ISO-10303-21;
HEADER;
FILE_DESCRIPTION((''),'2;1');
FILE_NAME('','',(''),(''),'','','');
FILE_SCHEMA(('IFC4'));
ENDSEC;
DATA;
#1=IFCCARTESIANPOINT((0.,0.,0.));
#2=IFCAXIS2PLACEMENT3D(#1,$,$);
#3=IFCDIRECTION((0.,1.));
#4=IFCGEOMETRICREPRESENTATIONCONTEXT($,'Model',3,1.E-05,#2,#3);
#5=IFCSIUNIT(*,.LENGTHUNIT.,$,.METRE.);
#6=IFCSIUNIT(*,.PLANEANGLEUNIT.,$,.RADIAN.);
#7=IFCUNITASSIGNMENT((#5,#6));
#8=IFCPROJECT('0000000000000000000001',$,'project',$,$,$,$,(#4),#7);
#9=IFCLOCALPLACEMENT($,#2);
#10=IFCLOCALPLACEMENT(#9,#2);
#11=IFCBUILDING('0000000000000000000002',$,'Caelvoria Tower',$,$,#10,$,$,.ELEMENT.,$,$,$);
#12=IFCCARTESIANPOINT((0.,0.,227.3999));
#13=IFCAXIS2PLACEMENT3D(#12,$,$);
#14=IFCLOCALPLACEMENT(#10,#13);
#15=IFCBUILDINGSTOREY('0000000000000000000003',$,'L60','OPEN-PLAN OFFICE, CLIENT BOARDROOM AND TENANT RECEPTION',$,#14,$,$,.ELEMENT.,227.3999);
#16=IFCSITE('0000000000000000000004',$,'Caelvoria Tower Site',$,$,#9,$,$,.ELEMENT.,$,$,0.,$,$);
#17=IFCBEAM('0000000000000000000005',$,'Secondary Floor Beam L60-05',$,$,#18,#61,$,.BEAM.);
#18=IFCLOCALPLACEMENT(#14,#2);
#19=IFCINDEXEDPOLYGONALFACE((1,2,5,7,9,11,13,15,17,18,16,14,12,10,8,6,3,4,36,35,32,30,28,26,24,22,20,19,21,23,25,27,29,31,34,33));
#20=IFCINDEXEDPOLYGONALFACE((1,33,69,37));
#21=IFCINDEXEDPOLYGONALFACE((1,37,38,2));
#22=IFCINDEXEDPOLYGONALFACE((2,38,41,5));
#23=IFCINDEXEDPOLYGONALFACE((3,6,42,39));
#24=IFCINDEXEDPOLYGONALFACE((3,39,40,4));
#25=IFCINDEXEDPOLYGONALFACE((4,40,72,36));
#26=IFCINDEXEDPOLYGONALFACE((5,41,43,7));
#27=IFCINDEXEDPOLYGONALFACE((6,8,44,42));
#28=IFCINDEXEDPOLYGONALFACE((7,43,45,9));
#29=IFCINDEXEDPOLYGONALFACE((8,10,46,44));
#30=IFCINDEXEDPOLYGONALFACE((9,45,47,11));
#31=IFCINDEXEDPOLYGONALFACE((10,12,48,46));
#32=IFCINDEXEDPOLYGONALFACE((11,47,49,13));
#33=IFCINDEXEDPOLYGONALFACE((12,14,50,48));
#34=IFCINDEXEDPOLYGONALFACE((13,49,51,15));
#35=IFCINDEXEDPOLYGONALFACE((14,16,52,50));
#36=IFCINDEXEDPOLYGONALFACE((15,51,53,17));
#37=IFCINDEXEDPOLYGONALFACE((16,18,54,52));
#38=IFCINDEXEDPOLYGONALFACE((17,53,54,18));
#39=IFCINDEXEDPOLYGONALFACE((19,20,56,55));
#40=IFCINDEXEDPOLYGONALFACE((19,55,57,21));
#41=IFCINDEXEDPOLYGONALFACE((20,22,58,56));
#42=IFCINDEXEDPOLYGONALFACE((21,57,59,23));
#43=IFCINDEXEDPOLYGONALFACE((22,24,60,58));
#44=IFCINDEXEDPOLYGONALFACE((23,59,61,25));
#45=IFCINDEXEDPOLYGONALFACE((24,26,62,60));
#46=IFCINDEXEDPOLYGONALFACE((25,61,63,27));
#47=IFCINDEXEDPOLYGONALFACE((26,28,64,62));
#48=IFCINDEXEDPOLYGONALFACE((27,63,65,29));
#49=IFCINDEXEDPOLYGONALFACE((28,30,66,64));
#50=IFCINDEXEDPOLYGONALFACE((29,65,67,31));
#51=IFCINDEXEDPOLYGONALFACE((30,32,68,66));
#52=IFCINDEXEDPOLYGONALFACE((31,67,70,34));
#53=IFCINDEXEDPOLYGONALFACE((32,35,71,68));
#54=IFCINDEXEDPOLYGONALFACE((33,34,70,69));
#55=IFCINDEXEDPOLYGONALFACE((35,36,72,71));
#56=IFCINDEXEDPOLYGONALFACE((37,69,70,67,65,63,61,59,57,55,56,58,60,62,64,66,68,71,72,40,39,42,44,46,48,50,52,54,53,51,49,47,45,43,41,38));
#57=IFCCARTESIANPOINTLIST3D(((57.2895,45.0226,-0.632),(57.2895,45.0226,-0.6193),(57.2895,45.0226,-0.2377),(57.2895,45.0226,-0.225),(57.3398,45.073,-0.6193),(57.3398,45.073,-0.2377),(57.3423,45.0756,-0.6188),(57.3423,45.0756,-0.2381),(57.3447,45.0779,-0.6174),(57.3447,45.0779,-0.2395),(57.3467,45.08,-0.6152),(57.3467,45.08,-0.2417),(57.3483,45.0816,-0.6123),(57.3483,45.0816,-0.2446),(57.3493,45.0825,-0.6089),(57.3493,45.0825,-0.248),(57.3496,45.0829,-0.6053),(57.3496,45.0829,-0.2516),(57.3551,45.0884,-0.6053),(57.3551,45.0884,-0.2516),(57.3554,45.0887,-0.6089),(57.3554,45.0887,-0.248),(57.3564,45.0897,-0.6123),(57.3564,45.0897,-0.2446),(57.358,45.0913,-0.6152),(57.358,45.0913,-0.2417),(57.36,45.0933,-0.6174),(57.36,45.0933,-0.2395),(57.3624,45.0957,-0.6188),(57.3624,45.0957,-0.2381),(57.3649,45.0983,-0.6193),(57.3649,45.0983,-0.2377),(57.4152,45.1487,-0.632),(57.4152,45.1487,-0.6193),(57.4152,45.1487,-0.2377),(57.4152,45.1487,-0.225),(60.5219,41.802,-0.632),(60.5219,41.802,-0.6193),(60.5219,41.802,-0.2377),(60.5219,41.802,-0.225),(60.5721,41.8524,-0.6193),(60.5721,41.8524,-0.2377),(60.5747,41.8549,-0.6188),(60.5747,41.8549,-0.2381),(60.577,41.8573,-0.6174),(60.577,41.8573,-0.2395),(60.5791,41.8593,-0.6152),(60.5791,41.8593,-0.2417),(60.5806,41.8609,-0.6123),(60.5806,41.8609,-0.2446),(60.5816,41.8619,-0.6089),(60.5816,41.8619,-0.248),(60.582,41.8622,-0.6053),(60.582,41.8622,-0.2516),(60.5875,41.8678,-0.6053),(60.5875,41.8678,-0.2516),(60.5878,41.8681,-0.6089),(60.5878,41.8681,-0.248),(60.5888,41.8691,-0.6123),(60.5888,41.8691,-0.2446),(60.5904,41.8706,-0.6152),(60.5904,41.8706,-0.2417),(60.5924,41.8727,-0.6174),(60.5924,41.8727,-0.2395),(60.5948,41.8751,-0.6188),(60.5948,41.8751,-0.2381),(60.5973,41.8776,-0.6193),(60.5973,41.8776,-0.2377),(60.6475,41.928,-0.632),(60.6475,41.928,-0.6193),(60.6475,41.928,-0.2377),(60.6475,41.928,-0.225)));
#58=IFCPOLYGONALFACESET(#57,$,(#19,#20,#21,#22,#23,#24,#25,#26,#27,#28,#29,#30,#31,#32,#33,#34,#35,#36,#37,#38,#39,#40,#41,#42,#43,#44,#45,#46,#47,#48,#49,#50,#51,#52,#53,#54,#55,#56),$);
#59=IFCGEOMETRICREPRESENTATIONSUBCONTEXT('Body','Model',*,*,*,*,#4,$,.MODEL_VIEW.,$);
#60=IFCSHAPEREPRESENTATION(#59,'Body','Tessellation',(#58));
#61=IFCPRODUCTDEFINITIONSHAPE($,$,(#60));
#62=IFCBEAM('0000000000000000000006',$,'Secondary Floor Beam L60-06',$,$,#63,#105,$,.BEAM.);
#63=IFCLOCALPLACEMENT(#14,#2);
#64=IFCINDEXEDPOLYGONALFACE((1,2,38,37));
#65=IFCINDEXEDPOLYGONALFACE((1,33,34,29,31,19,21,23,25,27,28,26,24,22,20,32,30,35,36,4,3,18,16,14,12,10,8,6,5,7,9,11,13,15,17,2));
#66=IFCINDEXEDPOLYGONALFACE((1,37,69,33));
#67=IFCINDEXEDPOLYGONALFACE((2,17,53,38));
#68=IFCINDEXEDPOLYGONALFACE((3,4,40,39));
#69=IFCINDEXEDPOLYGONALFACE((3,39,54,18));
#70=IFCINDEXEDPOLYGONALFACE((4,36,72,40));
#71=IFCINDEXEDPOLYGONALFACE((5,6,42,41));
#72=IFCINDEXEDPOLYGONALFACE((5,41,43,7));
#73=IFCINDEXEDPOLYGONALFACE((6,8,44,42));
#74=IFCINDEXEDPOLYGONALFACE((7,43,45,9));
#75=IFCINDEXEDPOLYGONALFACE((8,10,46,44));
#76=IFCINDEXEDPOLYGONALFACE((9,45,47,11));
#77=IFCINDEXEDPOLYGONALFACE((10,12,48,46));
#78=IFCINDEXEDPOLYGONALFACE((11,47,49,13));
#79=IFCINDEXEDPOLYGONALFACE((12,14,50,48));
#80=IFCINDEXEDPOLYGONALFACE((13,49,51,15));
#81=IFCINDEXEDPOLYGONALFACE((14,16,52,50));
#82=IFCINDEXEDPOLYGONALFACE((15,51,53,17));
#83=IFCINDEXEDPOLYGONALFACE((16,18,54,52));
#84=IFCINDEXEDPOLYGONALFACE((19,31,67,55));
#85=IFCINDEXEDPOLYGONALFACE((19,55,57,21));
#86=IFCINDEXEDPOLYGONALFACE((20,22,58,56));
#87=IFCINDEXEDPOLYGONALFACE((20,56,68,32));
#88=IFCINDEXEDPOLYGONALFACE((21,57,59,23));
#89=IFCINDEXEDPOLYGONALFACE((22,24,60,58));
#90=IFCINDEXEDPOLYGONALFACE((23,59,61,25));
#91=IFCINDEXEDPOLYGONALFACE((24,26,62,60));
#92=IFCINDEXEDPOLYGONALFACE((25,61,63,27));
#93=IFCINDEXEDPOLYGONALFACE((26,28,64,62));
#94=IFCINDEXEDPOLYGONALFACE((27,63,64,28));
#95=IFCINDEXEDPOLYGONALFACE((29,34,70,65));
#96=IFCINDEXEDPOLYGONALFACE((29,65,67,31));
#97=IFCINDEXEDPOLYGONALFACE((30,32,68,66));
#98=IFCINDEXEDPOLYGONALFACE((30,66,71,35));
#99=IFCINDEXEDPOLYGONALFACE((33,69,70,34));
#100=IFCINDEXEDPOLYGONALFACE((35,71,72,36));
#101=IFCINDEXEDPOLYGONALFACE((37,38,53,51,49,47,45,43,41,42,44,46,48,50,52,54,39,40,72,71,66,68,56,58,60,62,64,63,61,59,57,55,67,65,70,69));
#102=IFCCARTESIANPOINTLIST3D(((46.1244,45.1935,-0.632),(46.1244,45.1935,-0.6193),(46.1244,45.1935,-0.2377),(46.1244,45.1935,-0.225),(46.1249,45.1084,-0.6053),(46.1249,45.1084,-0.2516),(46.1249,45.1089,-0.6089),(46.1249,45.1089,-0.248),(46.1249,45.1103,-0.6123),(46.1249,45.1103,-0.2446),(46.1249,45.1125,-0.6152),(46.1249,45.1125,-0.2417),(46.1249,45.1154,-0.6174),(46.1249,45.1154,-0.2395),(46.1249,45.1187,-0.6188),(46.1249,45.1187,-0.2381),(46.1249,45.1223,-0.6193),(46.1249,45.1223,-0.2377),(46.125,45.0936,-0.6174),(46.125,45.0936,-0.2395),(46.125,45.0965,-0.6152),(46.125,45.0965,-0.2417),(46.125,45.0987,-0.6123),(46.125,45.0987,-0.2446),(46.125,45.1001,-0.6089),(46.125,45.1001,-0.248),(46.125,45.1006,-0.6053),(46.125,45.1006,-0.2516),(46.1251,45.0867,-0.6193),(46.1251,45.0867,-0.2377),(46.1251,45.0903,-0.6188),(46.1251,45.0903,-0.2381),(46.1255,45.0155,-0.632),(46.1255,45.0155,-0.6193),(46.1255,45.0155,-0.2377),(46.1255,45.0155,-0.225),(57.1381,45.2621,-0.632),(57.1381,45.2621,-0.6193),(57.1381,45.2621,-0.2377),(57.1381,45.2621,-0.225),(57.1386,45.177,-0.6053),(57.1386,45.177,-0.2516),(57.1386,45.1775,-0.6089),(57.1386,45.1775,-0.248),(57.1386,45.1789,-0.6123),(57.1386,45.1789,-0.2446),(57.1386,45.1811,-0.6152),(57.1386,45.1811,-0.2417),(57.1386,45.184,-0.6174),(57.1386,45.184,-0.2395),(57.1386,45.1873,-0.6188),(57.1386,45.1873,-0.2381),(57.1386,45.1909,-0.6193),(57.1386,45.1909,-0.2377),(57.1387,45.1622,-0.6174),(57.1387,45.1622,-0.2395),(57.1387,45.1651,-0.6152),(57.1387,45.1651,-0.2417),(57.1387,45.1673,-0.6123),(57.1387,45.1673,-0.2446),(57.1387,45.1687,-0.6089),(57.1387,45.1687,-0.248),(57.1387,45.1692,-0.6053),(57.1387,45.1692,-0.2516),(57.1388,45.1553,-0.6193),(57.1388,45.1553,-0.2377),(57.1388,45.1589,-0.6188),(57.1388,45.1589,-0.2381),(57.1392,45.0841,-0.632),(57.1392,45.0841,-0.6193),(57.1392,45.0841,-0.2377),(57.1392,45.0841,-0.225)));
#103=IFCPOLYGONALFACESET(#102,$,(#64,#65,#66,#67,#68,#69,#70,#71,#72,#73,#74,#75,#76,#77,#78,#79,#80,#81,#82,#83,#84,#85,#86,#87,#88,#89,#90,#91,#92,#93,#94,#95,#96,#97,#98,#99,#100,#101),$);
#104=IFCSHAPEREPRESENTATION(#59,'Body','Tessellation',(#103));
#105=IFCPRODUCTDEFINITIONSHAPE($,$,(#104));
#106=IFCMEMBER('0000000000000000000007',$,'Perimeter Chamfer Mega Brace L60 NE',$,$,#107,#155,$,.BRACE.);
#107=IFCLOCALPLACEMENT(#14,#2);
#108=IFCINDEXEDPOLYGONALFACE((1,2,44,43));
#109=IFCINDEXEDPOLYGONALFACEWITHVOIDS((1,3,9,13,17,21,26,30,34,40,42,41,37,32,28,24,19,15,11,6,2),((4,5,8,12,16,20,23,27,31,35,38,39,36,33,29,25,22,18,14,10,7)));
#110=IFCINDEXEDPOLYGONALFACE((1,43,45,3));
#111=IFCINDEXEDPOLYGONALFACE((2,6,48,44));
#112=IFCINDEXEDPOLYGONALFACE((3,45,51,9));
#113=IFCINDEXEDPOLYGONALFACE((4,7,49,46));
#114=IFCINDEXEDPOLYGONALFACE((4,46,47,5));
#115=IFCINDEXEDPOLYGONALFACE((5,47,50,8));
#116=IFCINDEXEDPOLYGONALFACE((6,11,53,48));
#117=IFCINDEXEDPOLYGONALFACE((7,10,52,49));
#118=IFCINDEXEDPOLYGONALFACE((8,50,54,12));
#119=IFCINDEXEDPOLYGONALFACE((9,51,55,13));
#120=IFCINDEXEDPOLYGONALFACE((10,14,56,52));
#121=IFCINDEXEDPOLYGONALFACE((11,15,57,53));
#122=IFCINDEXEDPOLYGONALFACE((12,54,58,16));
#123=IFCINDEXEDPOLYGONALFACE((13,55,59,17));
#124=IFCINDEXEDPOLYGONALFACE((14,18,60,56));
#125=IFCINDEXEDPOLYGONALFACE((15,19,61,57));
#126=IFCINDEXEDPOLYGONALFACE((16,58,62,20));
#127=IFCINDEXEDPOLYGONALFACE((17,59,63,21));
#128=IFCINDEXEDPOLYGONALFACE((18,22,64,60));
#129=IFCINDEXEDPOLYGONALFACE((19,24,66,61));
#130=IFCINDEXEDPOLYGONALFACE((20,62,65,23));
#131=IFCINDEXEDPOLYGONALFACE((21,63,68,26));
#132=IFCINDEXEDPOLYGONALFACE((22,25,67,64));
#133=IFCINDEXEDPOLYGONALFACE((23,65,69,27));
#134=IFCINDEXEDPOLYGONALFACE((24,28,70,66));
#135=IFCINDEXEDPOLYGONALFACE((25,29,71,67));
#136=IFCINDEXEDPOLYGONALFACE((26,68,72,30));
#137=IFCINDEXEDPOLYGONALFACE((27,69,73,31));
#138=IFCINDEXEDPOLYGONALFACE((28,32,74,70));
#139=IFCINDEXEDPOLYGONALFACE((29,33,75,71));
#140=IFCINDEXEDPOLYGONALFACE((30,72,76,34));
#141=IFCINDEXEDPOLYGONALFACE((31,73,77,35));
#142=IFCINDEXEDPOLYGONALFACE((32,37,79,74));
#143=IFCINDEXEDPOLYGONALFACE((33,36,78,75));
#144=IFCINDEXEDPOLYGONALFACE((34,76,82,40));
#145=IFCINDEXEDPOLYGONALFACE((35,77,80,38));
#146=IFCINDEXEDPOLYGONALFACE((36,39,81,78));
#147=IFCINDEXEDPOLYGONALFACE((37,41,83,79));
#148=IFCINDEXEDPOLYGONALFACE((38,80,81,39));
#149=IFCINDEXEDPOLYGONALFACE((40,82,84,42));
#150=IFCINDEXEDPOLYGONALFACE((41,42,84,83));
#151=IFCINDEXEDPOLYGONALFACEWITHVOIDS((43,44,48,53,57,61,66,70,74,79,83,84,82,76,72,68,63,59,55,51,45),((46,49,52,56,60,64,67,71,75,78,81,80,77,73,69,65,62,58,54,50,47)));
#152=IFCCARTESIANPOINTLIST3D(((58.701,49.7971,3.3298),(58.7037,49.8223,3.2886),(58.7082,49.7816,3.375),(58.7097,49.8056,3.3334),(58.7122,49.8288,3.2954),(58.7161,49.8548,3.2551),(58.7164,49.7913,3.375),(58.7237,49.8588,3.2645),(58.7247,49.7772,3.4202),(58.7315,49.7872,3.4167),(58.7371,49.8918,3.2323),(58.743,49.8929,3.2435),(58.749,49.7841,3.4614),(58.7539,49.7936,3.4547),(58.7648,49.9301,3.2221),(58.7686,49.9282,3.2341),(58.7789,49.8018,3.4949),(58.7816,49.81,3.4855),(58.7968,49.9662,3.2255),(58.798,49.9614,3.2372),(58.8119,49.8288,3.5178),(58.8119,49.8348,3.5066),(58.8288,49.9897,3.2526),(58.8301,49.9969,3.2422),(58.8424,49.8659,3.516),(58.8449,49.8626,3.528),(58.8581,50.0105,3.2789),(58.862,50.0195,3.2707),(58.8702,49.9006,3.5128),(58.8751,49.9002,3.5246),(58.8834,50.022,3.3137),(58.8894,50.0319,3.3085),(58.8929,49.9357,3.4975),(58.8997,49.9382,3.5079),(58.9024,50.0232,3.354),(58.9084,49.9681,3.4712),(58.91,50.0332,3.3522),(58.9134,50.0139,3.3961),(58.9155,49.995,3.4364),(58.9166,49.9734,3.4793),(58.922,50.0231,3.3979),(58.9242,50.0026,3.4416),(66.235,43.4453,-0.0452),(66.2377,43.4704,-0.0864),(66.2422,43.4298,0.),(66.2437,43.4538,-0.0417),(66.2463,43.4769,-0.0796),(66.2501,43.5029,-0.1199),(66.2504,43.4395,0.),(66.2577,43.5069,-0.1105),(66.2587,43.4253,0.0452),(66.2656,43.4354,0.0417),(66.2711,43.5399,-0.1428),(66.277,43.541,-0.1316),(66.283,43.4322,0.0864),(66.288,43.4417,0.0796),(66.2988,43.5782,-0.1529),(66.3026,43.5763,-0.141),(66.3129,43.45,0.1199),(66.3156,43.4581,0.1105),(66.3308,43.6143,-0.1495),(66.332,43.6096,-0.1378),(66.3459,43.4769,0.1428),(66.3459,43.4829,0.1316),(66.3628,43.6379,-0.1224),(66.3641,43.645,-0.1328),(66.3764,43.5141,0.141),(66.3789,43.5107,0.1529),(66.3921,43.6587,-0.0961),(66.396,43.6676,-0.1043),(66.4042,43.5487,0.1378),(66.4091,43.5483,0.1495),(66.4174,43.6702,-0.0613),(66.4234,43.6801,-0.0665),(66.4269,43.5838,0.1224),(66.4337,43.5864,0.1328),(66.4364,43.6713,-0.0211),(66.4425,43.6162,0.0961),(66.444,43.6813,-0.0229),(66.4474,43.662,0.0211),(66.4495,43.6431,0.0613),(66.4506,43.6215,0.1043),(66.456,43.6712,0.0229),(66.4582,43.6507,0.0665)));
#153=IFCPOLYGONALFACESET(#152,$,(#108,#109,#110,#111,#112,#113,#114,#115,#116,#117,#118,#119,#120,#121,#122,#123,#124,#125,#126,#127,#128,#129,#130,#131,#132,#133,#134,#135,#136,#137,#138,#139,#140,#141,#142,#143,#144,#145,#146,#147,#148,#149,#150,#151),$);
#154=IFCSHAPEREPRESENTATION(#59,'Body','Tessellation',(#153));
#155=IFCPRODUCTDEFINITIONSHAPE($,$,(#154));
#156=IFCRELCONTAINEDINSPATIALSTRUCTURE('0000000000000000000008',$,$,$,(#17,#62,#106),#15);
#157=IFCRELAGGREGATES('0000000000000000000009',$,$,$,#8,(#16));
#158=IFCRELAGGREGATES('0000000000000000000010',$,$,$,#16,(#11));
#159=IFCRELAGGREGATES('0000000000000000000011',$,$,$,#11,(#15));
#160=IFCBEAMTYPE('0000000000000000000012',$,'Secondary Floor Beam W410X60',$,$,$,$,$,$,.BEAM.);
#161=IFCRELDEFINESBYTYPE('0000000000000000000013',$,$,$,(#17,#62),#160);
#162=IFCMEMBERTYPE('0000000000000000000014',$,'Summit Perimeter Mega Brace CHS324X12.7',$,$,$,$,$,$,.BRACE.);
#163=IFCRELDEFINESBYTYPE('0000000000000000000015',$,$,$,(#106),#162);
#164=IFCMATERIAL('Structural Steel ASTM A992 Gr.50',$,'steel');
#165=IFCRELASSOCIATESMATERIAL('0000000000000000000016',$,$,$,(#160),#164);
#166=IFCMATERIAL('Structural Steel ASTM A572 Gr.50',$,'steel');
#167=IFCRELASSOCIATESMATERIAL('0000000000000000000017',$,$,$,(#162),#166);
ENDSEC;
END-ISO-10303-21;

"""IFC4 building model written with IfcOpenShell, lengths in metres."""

from ifc_helpers import new_model, si_unit, direction, frame, origin, origin_2d, place, context, subcontext, project, spatial, hollow_circle, i_section, extrude, material, material_profile, profile_set, type_object, element, save


model = new_model("IFC4")

# Units and contexts
model_context = context("Model", 3, precision=1e-05, world=origin(), true_north=direction((0.0, 1.0)))
body_context = subcontext(model_context, "Body", "Model", "MODEL_VIEW")
ifc_project = project(units=[si_unit("LENGTHUNIT", "METRE"), si_unit("PLANEANGLEUNIT", "RADIAN")], contexts=[model_context])

# Site, building, storey
site_placement = place(None, origin())
site = spatial("IfcSite", under=ifc_project, at=site_placement, Name="Caelvoria Tower Site", CompositionType="ELEMENT", RefElevation=0.0)
building_placement = place(site_placement, origin())
building = spatial("IfcBuilding", under=site, at=building_placement, Name="Caelvoria Tower", CompositionType="ELEMENT")
storey_placement = place(building_placement, frame((0.0, 0.0, 227.3999)))
storey = spatial("IfcBuildingStorey", under=building, at=storey_placement, Name="L60", Description="OPEN-PLAN OFFICE, CLIENT BOARDROOM AND TENANT RECEPTION", CompositionType="ELEMENT", Elevation=227.3999)

# Shared definitions
ifc_material_1 = material(Name="Structural Steel ASTM A572 Gr.50", Category="steel")
ifc_material_2 = material(Name="Structural Steel ASTM A992 Gr.50", Category="steel")

# Beams
ifc_material_profile_1 = material_profile(ifc_material_2, i_section(OverallWidth=0.178, OverallDepth=0.407, WebThickness=0.0078, FlangeThickness=0.0127, FilletRadius=0.0139, at=origin_2d()), Name="Structural Steel ASTM A992 Gr.50")
ifc_profile_set_1 = profile_set([ifc_material_profile_1], Name="W410X60 - Structural Steel ASTM A992 Gr.50")
beam_type_1 = type_object("IfcBeamType", Name="Secondary Floor Beam W410X60", PredefinedType="BEAM", material=ifc_profile_set_1)
beam_1_placement = place(storey_placement, frame((60.5847, 41.865, -0.4285), z_axis=(-0.70839, 0.705822, 0.0), x_axis=(-0.705822, -0.70839, 0.0)))
element("IfcBeam", 1, at=beam_1_placement, inside=storey, type_object=beam_type_1, Name="Secondary Floor Beam L60-05", PredefinedType="BEAM", context=body_context, shape_type="SweptSolid", body=[
    extrude(i_section(OverallWidth=0.178, OverallDepth=0.407, WebThickness=0.0078, FlangeThickness=0.0127, FilletRadius=0.0139, at=origin_2d()), origin(), (0.0, 0.0, 1.0), 4.563),
])
beam_2_placement = place(storey_placement, frame((57.1387, 45.1731, -0.4285), z_axis=(-0.999981, -0.006229, 0.0), x_axis=(0.006229, -0.999981, 0.0)))
element("IfcBeam", 2, at=beam_2_placement, inside=storey, type_object=beam_type_1, Name="Secondary Floor Beam L60-06", PredefinedType="BEAM", context=body_context, shape_type="SweptSolid", body=[
    extrude(i_section(OverallWidth=0.178, OverallDepth=0.407, WebThickness=0.0078, FlangeThickness=0.0127, FilletRadius=0.0139, at=origin_2d()), origin(), (0.0, 0.0, 1.0), 11.0139),
])

# Member
ifc_material_profile_2 = material_profile(ifc_material_1, hollow_circle(Radius=0.1621, WallThickness=0.0127, at=origin_2d()), Name="Structural Steel ASTM A572 Gr.50")
ifc_profile_set_2 = profile_set([ifc_material_profile_2], Name="CHS324X12.7 - Structural Steel ASTM A572 Gr.50")
member_type = type_object("IfcMemberType", Name="Summit Perimeter Mega Brace CHS324X12.7", PredefinedType="BRACE", material=ifc_profile_set_2)
member_1_placement = place(storey_placement, frame((66.3467, 43.5537, 0.0), z_axis=(-0.723293, 0.609803, 0.324016), x_axis=(-0.644577, -0.764539, 0.0)))
element("IfcMember", 3, at=member_1_placement, inside=storey, type_object=member_type, Name="Perimeter Chamfer Mega Brace L60 NE", PredefinedType="BRACE", context=body_context, shape_type="SweptSolid", body=[
    extrude(hollow_circle(Radius=0.1621, WallThickness=0.0127, at=origin_2d()), origin(), (0.0, 0.0, 1.0), 10.4163),
])

save(model, "model.ifc")
